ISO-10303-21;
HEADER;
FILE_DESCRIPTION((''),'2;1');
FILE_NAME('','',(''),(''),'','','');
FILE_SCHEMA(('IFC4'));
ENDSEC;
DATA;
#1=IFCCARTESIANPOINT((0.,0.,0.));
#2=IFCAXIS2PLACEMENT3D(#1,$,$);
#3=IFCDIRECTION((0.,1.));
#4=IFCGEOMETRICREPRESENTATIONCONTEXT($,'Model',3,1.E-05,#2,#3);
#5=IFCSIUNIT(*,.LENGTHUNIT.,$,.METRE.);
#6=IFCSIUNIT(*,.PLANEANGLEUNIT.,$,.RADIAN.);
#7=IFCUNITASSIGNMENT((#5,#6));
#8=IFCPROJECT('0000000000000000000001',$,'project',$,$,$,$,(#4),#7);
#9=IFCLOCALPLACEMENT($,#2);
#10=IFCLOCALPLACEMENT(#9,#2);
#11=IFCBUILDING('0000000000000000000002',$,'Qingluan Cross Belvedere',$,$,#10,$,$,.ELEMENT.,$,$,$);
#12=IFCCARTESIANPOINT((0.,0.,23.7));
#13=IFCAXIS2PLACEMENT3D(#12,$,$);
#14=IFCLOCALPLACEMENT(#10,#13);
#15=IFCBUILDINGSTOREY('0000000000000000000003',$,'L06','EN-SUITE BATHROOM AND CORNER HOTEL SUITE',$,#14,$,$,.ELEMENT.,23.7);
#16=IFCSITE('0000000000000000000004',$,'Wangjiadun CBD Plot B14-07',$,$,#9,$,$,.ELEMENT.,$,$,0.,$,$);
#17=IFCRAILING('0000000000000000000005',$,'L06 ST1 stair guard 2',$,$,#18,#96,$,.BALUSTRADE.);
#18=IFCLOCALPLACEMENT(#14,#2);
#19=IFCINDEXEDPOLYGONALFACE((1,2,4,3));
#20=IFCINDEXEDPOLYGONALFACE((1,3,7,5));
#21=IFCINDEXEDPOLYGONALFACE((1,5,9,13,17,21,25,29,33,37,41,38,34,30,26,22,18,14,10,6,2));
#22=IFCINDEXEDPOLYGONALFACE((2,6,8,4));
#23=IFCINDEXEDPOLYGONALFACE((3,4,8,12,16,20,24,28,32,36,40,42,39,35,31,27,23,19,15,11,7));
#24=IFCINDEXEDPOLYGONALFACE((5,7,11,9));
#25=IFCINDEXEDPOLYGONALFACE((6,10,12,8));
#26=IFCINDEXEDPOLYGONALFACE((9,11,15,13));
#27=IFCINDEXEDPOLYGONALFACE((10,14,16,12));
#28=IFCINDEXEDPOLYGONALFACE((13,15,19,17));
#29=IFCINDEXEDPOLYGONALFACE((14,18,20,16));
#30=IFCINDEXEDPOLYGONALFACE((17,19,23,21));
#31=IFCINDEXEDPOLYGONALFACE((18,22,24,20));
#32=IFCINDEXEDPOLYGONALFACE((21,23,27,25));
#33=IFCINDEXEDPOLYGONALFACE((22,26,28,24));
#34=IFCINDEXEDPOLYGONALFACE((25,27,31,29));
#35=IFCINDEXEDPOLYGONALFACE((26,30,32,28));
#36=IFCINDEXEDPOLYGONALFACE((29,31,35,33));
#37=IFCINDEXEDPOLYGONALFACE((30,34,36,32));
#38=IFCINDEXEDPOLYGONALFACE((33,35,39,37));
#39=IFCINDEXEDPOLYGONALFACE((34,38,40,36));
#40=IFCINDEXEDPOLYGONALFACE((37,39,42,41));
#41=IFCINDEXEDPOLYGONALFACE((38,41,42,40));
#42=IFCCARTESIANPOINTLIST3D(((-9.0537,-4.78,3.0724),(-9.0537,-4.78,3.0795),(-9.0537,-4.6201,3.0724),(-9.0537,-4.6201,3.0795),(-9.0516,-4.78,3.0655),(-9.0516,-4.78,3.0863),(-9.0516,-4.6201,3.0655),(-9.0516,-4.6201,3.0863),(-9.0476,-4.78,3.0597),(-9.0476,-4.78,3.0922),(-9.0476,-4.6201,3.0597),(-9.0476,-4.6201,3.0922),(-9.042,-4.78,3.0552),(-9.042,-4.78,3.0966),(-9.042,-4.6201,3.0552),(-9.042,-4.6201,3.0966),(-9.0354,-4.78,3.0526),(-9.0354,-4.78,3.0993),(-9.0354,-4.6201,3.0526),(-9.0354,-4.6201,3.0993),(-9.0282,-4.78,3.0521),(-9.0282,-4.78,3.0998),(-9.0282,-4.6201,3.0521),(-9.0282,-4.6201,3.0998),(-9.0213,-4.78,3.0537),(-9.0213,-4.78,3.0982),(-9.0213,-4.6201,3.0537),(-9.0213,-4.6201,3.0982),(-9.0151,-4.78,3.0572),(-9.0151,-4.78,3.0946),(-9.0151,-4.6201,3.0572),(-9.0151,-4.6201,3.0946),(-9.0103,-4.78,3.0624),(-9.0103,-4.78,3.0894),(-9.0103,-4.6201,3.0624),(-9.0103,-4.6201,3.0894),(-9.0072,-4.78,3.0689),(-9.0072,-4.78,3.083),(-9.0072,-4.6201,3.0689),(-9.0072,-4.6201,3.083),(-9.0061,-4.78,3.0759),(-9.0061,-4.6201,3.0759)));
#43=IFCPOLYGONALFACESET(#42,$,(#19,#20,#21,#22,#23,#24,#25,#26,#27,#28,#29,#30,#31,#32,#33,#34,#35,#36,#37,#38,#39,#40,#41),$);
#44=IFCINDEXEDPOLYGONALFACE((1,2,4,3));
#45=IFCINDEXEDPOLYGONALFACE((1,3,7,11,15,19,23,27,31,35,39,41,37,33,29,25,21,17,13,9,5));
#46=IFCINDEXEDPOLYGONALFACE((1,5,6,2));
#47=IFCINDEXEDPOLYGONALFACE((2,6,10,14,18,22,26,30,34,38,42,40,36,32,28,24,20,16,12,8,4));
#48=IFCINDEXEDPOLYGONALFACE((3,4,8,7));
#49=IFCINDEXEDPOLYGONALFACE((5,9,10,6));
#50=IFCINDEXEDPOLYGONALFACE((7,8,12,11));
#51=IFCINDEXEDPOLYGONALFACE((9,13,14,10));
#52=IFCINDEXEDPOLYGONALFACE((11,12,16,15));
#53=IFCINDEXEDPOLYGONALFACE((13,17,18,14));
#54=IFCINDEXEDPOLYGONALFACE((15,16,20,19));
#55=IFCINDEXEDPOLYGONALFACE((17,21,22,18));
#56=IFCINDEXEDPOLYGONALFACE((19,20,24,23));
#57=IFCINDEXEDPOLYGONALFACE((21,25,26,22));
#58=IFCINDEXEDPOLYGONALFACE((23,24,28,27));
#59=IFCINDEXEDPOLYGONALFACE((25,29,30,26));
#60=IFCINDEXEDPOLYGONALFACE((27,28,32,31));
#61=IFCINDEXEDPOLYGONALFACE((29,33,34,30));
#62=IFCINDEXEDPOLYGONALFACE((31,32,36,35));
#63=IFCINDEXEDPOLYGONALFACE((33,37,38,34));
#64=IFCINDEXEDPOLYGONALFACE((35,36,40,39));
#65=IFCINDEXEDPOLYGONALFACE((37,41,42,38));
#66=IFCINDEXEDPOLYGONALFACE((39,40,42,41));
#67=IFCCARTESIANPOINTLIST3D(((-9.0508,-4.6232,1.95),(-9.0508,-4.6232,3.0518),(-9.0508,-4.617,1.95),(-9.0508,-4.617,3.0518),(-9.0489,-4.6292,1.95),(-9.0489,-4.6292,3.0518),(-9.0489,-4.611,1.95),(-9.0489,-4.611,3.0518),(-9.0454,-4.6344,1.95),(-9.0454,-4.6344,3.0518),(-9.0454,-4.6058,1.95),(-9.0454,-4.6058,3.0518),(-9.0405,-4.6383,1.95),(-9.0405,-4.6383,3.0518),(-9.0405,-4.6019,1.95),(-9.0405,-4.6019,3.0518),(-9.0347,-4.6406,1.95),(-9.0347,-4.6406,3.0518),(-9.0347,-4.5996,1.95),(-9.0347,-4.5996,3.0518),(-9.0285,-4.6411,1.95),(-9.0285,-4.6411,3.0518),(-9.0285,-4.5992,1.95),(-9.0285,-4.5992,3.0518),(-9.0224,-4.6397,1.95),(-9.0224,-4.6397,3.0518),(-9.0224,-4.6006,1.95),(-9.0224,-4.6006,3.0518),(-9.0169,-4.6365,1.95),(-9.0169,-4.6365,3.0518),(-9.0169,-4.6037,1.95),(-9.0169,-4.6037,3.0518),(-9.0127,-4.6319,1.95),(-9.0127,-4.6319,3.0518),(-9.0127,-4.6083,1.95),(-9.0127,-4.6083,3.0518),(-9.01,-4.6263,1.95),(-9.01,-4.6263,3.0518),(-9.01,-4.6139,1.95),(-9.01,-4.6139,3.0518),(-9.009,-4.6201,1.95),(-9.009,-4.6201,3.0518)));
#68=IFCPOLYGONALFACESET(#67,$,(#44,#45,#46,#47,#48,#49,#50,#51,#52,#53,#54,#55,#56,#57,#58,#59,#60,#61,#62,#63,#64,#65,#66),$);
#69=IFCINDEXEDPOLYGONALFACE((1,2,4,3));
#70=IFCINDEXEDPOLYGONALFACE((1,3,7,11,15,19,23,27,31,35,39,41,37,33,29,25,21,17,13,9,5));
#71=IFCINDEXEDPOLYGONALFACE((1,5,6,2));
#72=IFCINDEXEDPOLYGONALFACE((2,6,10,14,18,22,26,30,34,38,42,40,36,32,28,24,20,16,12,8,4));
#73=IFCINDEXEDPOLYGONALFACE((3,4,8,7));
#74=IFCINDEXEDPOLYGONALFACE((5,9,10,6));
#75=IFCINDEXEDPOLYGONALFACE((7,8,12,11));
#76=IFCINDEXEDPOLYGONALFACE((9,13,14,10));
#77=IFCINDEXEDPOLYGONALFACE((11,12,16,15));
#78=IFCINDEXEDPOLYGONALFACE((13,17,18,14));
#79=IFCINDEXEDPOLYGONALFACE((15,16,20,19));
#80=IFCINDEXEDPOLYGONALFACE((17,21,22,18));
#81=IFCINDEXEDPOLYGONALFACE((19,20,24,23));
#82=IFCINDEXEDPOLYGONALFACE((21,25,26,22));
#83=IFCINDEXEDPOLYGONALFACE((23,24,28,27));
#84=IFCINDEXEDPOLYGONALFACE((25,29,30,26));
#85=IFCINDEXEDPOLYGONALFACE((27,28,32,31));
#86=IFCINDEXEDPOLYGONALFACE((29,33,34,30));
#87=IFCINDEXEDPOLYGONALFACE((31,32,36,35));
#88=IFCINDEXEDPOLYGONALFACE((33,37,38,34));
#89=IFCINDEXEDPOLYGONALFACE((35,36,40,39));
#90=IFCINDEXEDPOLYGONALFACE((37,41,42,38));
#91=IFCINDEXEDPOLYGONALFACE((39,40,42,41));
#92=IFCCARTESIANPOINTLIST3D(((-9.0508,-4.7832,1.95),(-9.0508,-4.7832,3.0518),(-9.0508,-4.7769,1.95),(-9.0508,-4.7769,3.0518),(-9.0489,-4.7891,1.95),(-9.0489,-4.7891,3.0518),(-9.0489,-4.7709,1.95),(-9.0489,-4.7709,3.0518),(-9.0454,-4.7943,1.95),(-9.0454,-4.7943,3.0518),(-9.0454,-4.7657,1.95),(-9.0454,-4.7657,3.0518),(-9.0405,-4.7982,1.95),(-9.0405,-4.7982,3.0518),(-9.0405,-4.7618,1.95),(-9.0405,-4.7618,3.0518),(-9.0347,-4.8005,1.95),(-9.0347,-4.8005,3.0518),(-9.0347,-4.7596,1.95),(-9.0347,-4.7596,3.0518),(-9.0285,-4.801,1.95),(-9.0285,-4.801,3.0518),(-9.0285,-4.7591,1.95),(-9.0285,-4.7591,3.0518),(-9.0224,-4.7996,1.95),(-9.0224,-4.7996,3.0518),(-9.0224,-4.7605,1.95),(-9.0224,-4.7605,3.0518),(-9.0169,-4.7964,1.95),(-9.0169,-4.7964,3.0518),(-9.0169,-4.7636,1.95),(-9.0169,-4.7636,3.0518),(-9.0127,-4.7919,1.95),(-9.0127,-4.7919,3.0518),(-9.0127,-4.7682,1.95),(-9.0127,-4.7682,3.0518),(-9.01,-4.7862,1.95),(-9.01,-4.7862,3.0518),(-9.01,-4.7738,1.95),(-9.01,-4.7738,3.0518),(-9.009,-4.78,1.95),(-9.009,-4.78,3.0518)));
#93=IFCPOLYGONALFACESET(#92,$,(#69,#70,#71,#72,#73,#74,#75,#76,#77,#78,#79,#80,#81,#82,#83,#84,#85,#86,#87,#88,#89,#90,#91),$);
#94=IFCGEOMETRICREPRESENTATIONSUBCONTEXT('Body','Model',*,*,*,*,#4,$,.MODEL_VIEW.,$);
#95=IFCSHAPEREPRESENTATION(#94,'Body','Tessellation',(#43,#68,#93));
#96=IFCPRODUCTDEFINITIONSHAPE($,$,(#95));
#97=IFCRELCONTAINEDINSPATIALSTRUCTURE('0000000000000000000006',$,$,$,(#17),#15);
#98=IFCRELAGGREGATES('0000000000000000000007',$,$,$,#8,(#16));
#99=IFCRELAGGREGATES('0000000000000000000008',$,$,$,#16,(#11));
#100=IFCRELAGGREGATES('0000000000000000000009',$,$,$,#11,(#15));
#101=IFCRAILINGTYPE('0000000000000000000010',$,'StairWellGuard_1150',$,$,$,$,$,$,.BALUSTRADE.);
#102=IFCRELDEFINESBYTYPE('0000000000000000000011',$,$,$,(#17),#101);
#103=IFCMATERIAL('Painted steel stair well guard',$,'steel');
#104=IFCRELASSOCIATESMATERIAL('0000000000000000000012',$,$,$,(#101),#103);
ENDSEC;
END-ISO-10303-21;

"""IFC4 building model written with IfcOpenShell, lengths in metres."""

from ifc_helpers import new_model, si_unit, direction, frame, origin, origin_2d, place, context, subcontext, project, spatial, circle, extrude, material, type_object, element, save


model = new_model("IFC4")

# Units and contexts
model_context = context("Model", 3, precision=1e-05, world=origin(), true_north=direction((0.0, 1.0)))
body_context = subcontext(model_context, "Body", "Model", "MODEL_VIEW")
ifc_project = project(units=[si_unit("LENGTHUNIT", "METRE"), si_unit("PLANEANGLEUNIT", "RADIAN")], contexts=[model_context])

# Site, building, storey
site_placement = place(None, origin())
site = spatial("IfcSite", under=ifc_project, at=site_placement, Name="Wangjiadun CBD Plot B14-07", CompositionType="ELEMENT", RefElevation=0.0)
building_placement = place(site_placement, origin())
building = spatial("IfcBuilding", under=site, at=building_placement, Name="Qingluan Cross Belvedere", CompositionType="ELEMENT")
storey_placement = place(building_placement, frame((0.0, 0.0, 23.7)))
storey = spatial("IfcBuildingStorey", under=building, at=storey_placement, Name="L06", Description="EN-SUITE BATHROOM AND CORNER HOTEL SUITE", CompositionType="ELEMENT", Elevation=23.7)

# Railing
ifc_material_1 = material(Name="Painted steel stair well guard", Category="steel")
railing_type_1 = type_object("IfcRailingType", Name="StairWellGuard_1150", PredefinedType="BALUSTRADE", material=ifc_material_1)
railing_1_placement = place(storey_placement, frame((-9.03, -4.6201, 1.95)))
element("IfcRailing", 1, at=railing_1_placement, inside=storey, type_object=railing_type_1, Name="L06 ST1 stair guard 2", PredefinedType="BALUSTRADE", context=body_context, shape_type="SweptSolid", body=[
    extrude(circle(Radius=0.0239, at=origin_2d()), frame((0.0, 0.0, 1.126), z_axis=(0.0, -1.0, 0.0), x_axis=(1.0, 0.0, 0.0)), (0.0, 0.0, 1.0), 0.1599),
    extrude(circle(Radius=0.021, at=origin_2d()), origin(), (0.0, 0.0, 1.0), 1.1018),
    extrude(circle(Radius=0.021, at=origin_2d()), frame((0.0, -0.1599, 0.0)), (0.0, 0.0, 1.0), 1.1018),
])

save(model, "model.ifc")
